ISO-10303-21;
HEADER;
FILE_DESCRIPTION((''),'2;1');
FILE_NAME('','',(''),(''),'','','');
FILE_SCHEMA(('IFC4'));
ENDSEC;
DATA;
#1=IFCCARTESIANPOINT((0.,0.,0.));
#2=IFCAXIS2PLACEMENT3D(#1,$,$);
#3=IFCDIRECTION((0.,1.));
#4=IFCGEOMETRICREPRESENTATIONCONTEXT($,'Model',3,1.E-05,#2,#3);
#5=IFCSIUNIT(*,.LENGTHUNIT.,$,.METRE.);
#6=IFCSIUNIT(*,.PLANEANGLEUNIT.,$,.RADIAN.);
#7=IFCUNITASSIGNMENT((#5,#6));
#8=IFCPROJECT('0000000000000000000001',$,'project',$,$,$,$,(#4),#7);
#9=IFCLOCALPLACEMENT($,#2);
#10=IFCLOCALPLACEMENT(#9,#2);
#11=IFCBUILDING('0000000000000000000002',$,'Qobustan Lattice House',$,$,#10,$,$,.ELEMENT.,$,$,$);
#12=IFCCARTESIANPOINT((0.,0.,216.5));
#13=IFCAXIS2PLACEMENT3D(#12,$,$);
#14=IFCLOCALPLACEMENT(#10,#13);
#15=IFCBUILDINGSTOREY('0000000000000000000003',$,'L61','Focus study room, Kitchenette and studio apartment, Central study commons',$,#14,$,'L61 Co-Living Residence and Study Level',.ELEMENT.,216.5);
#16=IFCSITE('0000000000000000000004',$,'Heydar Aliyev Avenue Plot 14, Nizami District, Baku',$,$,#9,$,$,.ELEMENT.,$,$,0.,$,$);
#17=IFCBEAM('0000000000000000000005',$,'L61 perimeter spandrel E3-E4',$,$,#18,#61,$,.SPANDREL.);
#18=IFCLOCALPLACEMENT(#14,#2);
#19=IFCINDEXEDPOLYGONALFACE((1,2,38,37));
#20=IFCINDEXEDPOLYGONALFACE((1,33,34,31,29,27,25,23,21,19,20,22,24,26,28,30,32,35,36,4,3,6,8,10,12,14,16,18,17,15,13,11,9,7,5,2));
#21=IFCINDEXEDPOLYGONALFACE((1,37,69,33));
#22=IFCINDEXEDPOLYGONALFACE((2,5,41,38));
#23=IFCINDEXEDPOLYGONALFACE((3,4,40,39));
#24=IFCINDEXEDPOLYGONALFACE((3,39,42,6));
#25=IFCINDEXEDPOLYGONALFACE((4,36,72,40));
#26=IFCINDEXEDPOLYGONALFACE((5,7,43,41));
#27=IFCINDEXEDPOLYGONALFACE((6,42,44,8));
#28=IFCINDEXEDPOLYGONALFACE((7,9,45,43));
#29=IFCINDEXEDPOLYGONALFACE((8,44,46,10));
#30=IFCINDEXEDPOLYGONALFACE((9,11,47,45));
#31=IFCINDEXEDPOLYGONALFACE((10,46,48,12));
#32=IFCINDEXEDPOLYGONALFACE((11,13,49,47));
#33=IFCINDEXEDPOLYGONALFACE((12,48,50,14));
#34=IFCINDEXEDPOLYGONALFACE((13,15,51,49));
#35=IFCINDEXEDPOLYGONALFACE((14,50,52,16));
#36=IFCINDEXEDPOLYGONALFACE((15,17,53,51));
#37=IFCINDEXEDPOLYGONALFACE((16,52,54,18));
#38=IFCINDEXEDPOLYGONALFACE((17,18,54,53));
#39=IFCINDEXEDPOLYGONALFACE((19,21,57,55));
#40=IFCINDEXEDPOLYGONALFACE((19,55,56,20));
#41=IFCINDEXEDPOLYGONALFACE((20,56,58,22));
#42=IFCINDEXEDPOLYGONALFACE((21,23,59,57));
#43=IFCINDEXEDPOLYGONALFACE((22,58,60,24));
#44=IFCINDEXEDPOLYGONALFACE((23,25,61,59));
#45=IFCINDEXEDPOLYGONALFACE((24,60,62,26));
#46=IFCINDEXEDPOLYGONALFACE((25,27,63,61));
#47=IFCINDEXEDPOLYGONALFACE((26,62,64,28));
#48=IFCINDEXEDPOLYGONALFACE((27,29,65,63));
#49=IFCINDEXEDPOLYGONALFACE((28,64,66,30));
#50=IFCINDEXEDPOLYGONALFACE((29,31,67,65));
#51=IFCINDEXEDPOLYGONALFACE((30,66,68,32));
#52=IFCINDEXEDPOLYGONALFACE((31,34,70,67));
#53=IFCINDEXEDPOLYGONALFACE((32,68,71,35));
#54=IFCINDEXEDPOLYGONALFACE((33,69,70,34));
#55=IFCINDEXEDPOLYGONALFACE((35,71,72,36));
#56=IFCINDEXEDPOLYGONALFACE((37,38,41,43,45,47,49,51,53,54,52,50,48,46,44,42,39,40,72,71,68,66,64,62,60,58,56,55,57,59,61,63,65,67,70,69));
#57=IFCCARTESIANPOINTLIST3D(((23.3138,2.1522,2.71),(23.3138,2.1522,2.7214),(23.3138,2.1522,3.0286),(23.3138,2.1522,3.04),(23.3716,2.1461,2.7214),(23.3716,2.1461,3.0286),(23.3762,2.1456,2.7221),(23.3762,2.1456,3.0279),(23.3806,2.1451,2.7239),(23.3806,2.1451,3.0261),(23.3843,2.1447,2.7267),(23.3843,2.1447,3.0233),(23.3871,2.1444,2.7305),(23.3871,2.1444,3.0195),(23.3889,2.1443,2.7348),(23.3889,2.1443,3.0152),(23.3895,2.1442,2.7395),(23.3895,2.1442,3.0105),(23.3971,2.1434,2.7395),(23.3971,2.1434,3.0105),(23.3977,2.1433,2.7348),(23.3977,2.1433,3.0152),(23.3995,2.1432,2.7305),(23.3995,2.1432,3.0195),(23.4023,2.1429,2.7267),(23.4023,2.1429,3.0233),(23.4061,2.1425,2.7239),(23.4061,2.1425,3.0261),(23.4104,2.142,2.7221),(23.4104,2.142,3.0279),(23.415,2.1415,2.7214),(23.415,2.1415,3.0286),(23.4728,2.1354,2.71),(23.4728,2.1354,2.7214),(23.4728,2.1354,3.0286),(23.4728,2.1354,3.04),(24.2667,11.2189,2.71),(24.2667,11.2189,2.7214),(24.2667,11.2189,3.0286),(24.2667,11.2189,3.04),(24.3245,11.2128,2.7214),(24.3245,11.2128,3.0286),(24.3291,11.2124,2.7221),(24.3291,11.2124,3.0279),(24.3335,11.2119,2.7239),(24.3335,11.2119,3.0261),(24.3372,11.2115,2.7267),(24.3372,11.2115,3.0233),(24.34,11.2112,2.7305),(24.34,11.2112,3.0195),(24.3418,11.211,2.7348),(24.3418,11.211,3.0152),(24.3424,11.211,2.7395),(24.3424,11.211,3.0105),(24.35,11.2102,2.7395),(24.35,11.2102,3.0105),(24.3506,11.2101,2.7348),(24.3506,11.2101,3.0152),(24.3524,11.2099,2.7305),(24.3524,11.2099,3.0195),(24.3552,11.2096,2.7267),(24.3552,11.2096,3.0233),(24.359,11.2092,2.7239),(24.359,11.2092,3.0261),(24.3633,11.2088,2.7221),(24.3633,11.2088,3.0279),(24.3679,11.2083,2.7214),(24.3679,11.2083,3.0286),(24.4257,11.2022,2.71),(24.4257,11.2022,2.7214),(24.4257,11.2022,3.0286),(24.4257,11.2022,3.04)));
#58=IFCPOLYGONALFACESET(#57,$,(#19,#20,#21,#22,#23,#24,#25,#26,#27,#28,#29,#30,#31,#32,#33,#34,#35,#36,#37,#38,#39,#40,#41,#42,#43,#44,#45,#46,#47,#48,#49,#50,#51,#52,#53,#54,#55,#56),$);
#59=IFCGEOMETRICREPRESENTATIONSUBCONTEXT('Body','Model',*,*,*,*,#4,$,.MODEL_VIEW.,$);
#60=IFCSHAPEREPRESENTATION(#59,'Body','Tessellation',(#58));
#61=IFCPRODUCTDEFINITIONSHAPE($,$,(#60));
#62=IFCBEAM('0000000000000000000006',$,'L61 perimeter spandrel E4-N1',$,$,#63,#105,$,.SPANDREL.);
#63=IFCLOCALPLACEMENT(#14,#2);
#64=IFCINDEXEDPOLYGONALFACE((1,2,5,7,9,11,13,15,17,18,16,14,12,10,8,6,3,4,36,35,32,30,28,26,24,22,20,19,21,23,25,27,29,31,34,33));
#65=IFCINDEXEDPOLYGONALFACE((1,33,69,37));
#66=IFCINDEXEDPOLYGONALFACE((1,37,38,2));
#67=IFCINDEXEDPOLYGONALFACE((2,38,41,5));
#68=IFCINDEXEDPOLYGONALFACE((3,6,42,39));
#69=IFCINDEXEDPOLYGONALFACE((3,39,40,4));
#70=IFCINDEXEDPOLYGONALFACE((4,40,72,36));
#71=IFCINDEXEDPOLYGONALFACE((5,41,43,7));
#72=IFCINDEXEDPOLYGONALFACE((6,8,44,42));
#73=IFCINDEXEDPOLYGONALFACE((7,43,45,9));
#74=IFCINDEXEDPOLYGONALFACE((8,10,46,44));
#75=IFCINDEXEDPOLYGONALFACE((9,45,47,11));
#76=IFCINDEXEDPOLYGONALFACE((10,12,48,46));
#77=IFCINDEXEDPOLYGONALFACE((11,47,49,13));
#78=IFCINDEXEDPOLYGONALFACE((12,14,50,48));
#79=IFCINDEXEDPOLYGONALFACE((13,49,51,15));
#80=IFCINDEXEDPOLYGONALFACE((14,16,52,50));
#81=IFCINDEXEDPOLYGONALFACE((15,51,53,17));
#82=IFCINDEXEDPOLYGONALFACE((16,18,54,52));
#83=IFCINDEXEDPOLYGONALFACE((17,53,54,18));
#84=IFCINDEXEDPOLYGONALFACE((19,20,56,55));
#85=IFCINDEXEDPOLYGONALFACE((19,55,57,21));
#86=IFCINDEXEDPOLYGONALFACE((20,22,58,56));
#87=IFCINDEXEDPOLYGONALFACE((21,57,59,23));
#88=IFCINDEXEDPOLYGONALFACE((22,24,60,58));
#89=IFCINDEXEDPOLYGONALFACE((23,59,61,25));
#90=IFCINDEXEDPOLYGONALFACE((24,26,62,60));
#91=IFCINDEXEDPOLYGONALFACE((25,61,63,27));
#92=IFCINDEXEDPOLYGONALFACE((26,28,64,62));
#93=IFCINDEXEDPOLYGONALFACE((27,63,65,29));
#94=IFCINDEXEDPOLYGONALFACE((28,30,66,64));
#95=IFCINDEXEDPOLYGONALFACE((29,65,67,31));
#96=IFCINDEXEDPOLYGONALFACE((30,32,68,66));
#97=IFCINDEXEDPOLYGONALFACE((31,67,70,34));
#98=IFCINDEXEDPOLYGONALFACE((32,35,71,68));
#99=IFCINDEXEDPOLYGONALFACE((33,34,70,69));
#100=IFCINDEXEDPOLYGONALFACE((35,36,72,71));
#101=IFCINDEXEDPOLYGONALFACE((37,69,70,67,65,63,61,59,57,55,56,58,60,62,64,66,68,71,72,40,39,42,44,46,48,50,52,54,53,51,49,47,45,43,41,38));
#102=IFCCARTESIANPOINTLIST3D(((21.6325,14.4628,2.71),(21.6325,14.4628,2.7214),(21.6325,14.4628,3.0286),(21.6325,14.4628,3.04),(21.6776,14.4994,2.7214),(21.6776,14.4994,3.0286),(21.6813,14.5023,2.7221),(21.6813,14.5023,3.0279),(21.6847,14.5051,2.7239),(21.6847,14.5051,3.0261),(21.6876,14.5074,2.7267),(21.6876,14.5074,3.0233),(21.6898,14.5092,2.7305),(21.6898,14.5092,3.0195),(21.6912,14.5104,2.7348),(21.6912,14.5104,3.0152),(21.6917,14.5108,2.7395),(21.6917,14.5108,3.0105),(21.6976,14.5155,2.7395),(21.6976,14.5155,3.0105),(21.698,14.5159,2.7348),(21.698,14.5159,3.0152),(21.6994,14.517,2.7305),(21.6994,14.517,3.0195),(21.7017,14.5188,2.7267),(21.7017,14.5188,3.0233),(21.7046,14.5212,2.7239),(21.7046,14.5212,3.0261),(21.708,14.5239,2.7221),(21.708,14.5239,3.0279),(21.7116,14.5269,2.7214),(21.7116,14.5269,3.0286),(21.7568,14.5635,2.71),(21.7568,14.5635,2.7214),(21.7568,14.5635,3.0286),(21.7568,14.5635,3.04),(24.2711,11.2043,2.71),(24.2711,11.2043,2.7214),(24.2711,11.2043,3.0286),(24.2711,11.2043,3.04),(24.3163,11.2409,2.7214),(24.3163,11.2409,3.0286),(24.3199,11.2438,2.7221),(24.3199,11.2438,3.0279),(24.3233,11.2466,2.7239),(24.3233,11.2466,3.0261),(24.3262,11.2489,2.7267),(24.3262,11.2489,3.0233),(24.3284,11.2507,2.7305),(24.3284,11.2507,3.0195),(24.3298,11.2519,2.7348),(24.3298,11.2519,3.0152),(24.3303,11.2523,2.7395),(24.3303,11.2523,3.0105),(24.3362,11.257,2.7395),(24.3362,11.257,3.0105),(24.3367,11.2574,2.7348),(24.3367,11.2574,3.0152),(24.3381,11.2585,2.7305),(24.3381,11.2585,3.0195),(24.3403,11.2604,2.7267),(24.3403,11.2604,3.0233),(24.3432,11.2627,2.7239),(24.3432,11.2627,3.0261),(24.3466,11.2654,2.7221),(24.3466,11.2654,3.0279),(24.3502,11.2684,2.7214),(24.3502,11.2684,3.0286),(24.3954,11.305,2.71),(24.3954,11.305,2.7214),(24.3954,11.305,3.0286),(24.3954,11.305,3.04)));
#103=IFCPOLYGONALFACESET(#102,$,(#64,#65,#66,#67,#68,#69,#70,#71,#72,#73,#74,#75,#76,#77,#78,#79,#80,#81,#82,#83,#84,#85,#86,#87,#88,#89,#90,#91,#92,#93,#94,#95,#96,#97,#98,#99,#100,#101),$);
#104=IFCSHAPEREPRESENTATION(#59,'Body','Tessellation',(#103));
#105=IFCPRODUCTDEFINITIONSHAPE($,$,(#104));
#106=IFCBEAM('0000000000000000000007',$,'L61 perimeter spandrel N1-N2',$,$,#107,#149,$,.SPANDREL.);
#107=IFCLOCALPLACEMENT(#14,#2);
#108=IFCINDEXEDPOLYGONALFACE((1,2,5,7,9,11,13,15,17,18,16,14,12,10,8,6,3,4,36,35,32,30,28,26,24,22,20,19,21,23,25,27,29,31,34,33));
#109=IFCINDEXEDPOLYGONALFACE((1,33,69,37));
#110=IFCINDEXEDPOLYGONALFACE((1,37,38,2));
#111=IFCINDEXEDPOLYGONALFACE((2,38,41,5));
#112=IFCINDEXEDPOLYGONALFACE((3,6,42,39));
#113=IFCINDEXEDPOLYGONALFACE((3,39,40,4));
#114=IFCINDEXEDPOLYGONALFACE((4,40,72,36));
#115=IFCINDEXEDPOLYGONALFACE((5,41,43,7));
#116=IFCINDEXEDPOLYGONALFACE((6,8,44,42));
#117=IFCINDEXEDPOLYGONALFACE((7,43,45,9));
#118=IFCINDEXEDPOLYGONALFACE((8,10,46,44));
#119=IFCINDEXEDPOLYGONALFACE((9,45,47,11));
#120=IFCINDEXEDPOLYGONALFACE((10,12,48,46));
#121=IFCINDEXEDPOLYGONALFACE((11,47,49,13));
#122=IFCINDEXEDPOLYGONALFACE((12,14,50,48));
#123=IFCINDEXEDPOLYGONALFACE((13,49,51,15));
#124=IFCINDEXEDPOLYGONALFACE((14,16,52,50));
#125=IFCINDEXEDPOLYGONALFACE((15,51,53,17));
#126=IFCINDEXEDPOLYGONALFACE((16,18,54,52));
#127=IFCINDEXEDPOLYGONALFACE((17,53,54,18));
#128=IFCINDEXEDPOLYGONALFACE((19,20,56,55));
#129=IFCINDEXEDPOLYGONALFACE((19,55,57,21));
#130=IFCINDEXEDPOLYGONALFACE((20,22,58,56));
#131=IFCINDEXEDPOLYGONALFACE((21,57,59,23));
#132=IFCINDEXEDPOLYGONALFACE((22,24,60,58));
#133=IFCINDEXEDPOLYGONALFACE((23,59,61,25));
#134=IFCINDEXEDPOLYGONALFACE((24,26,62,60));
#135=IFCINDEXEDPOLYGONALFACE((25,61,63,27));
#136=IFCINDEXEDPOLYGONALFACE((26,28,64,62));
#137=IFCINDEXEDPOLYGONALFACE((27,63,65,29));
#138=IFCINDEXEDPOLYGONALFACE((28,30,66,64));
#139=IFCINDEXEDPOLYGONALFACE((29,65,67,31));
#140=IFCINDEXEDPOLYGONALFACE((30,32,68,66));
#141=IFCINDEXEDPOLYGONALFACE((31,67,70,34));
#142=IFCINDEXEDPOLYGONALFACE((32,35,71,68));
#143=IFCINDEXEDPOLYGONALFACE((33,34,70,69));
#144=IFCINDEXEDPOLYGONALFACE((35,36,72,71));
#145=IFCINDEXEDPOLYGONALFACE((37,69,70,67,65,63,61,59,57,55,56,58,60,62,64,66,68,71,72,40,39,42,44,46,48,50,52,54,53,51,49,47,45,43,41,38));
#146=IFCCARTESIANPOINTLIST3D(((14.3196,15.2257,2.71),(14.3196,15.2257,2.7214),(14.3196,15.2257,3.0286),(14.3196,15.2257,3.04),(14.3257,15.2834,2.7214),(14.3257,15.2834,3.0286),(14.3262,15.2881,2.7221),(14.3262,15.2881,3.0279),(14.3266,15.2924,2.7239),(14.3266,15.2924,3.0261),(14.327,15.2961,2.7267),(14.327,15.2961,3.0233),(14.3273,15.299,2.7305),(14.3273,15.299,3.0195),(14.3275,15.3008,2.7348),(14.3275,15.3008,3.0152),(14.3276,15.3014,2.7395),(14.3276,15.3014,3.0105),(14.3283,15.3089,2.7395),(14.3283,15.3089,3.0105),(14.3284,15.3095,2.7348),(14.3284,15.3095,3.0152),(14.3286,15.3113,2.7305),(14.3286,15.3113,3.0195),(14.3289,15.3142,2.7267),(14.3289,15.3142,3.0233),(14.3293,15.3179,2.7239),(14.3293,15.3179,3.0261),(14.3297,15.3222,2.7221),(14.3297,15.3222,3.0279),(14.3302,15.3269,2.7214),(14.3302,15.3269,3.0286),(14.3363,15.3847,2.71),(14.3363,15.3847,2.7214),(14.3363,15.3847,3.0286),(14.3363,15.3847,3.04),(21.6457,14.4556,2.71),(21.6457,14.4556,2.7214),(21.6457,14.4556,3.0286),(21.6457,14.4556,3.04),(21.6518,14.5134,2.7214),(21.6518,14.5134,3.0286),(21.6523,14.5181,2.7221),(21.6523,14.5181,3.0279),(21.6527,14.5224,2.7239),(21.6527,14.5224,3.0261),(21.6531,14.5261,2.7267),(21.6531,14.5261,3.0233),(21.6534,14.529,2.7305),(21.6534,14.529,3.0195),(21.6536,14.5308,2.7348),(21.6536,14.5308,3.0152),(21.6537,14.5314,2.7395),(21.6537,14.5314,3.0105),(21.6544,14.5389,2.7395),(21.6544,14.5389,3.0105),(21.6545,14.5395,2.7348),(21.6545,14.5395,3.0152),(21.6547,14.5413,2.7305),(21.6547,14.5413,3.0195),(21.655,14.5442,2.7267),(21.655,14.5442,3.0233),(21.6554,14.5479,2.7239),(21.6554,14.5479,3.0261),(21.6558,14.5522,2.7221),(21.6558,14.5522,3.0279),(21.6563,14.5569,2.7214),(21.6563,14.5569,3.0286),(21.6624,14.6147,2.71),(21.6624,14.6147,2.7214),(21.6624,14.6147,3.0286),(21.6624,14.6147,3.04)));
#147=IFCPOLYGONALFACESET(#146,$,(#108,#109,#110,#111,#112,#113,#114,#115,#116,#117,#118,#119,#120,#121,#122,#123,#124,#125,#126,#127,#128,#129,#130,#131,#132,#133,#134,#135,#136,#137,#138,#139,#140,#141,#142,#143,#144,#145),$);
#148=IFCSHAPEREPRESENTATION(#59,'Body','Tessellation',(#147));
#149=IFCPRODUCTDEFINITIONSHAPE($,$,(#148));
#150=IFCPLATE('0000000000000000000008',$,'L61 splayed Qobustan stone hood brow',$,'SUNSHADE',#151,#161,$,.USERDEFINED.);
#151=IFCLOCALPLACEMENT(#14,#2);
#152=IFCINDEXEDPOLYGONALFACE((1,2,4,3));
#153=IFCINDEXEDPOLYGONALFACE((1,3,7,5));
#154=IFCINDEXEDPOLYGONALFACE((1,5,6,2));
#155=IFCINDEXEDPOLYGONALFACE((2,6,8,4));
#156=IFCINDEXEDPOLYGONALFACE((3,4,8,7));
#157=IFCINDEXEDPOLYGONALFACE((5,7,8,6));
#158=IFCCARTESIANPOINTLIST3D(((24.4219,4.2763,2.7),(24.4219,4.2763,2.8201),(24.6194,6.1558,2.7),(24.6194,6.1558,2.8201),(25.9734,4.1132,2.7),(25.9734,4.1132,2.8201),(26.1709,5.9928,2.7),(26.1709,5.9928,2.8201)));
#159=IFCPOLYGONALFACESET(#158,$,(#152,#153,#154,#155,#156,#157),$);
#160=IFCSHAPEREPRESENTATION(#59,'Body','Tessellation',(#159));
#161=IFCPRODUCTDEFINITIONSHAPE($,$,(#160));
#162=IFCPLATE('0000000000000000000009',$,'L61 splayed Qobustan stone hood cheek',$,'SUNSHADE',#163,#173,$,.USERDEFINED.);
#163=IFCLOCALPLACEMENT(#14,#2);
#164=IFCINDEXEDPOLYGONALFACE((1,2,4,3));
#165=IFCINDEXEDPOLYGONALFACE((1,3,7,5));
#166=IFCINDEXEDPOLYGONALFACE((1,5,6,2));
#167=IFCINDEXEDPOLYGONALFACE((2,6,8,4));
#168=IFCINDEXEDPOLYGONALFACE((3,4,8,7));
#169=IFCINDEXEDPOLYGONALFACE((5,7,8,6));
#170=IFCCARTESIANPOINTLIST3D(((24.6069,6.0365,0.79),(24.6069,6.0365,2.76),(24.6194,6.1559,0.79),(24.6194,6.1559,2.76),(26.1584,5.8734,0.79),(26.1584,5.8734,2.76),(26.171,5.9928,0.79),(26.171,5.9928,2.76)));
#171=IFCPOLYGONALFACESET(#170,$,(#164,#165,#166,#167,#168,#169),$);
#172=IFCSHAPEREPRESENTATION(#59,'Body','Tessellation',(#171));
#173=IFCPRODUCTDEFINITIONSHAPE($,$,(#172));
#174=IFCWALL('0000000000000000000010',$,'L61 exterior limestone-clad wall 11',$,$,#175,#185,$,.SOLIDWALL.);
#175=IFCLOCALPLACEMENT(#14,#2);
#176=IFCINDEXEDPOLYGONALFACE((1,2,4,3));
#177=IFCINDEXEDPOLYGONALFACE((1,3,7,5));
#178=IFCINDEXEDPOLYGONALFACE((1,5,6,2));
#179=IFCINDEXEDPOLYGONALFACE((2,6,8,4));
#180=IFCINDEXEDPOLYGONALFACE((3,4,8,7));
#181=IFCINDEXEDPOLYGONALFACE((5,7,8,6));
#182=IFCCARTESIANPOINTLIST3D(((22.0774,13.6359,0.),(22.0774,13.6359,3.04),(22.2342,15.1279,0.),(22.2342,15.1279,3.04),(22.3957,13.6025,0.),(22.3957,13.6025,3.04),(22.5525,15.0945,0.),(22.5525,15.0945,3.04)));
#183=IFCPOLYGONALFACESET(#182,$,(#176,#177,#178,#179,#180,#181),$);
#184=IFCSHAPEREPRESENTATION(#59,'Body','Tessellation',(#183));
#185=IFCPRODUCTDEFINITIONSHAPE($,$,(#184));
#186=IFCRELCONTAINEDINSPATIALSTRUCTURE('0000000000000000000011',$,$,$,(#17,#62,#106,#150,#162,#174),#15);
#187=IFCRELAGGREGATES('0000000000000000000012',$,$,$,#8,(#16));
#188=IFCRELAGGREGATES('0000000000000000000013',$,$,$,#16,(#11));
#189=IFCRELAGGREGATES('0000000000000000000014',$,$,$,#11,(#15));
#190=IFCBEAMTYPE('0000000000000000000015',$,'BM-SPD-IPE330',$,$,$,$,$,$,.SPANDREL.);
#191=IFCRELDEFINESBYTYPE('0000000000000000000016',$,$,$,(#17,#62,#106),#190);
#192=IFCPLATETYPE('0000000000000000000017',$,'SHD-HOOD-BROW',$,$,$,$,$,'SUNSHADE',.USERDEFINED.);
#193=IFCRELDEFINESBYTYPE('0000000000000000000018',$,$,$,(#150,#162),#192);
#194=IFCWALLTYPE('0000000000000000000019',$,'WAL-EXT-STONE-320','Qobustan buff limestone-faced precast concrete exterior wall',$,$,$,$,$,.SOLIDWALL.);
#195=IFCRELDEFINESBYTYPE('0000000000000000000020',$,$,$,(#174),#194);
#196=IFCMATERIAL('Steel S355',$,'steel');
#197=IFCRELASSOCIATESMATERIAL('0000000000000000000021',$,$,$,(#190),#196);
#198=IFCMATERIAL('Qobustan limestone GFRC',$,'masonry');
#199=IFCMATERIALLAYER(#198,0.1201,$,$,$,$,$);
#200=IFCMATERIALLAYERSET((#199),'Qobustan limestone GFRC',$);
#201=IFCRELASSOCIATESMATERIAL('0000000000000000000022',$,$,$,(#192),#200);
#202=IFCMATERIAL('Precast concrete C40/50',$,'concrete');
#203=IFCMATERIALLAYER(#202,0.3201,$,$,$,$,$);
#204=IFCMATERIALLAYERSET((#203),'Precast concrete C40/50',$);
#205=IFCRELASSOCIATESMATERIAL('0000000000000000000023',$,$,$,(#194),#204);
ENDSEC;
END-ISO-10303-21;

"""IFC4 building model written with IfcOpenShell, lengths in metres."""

from ifc_helpers import new_model, si_unit, direction, frame, frame_2d, origin, origin_2d, place, context, subcontext, project, spatial, rectangle, i_section, extrude, material, layer, layer_set, material_profile, profile_set, type_object, element, save


model = new_model("IFC4")

# Units and contexts
model_context = context("Model", 3, precision=1e-05, world=origin(), true_north=direction((0.0, 1.0)))
body_context = subcontext(model_context, "Body", "Model", "MODEL_VIEW")
ifc_project = project(units=[si_unit("LENGTHUNIT", "METRE"), si_unit("PLANEANGLEUNIT", "RADIAN")], contexts=[model_context])

# Site, building, storey
site_placement = place(None, origin())
site = spatial("IfcSite", under=ifc_project, at=site_placement, Name="Heydar Aliyev Avenue Plot 14, Nizami District, Baku", CompositionType="ELEMENT", RefElevation=0.0)
building_placement = place(site_placement, origin())
building = spatial("IfcBuilding", under=site, at=building_placement, Name="Qobustan Lattice House", CompositionType="ELEMENT")
storey_placement = place(building_placement, frame((0.0, 0.0, 216.5)))
storey = spatial("IfcBuildingStorey", under=building, at=storey_placement, Name="L61", Description="Focus study room, Kitchenette and studio apartment, Central study commons", LongName="L61 Co-Living Residence and Study Level", CompositionType="ELEMENT", Elevation=216.5)

# Beams
ifc_material_1 = material(Name="Steel S355", Category="steel")
ifc_material_profile_1 = material_profile(ifc_material_1, i_section(OverallWidth=0.1599, OverallDepth=0.3301, WebThickness=0.0076, FlangeThickness=0.0115, FilletRadius=0.0181, at=origin_2d()), Name="IPE330")
ifc_profile_set_1 = profile_set([ifc_material_profile_1], Name="Steel S355")
beam_type_1 = type_object("IfcBeamType", Name="BM-SPD-IPE330", PredefinedType="SPANDREL", material=ifc_profile_set_1)
beam_1_placement = place(storey_placement, frame((23.3933, 2.1438, 2.875), z_axis=(0.104522, 0.994523, 0.0), x_axis=(-0.994523, 0.104522, 0.0)))
element("IfcBeam", 1, at=beam_1_placement, inside=storey, type_object=beam_type_1, Name="L61 perimeter spandrel E3-E4", PredefinedType="SPANDREL", context=body_context, shape_type="SweptSolid", body=[
    extrude(i_section(OverallWidth=0.1599, OverallDepth=0.3301, WebThickness=0.0076, FlangeThickness=0.0115, FilletRadius=0.0181, at=origin_2d()), origin(), (0.0, 0.0, 1.0), 9.1167),
])
beam_2_placement = place(storey_placement, frame((24.3333, 11.2546, 2.875), z_axis=(-0.629314, 0.777151, 0.0), x_axis=(-0.777151, -0.629314, 0.0)))
element("IfcBeam", 2, at=beam_2_placement, inside=storey, type_object=beam_type_1, Name="L61 perimeter spandrel E4-N1", PredefinedType="SPANDREL", context=body_context, shape_type="SweptSolid", body=[
    extrude(i_section(OverallWidth=0.1599, OverallDepth=0.3301, WebThickness=0.0076, FlangeThickness=0.0115, FilletRadius=0.0181, at=origin_2d()), origin(), (0.0, 0.0, 1.0), 4.1929),
])
beam_3_placement = place(storey_placement, frame((21.6541, 14.5352, 2.875), z_axis=(-0.994522, 0.10453, 0.0), x_axis=(-0.10453, -0.994522, 0.0)))
element("IfcBeam", 3, at=beam_3_placement, inside=storey, type_object=beam_type_1, Name="L61 perimeter spandrel N1-N2", PredefinedType="SPANDREL", context=body_context, shape_type="SweptSolid", body=[
    extrude(i_section(OverallWidth=0.1599, OverallDepth=0.3301, WebThickness=0.0076, FlangeThickness=0.0115, FilletRadius=0.0181, at=origin_2d()), origin(), (0.0, 0.0, 1.0), 7.3665),
])

# Plates
ifc_material_2 = material(Name="Qobustan limestone GFRC", Category="masonry")
ifc_layer_1 = layer(ifc_material_2, 0.1201)
ifc_layer_set_1 = layer_set([ifc_layer_1], Name="Qobustan limestone GFRC")
plate_type = type_object("IfcPlateType", Name="SHD-HOOD-BROW", ElementType="SUNSHADE", PredefinedType="USERDEFINED", material=ifc_layer_set_1)
plate_1_placement = place(storey_placement, frame((25.2964, 5.1345, 2.7), z_axis=(0.0, 0.0, 1.0), x_axis=(-0.104528, -0.994522, 0.0)))
element("IfcPlate", 4, at=plate_1_placement, inside=storey, type_object=plate_type, Name="L61 splayed Qobustan stone hood brow", ObjectType="SUNSHADE", PredefinedType="USERDEFINED", context=body_context, shape_type="SweptSolid", body=[
    extrude(rectangle(XDim=1.8899, YDim=1.5601, at=origin_2d()), origin(), (0.0, 0.0, 1.0), 0.1201),
])
plate_2_placement = place(storey_placement, frame((25.3889, 6.0146, 0.79), z_axis=(0.0, 0.0, 1.0), x_axis=(-0.104528, -0.994522, 0.0)))
element("IfcPlate", 5, at=plate_2_placement, inside=storey, type_object=plate_type, Name="L61 splayed Qobustan stone hood cheek", ObjectType="SUNSHADE", PredefinedType="USERDEFINED", context=body_context, shape_type="SweptSolid", body=[
    extrude(rectangle(XDim=0.1201, YDim=1.5601, at=origin_2d()), origin(), (0.0, 0.0, 1.0), 1.97),
])

# Wall
ifc_material_3 = material(Name="Precast concrete C40/50", Category="concrete")
ifc_layer_2 = layer(ifc_material_3, 0.3201)
ifc_layer_set_2 = layer_set([ifc_layer_2], Name="Precast concrete C40/50")
wall_type_1 = type_object("IfcWallType", Name="WAL-EXT-STONE-320", Description="Qobustan buff limestone-faced precast concrete exterior wall", PredefinedType="SOLIDWALL", material=ifc_layer_set_2)
wall_1_placement = place(storey_placement, frame((22.3933, 15.1111, 0.0), z_axis=(0.0, 0.0, 1.0), x_axis=(-0.104481, -0.994527, 0.0)))
element("IfcWall", 6, at=wall_1_placement, inside=storey, type_object=wall_type_1, Name="L61 exterior limestone-clad wall 11", PredefinedType="SOLIDWALL", context=body_context, shape_type="SweptSolid", body=[
    extrude(rectangle(XDim=1.5002, YDim=0.3201, at=frame_2d((0.75, 0.0))), origin(), (0.0, 0.0, 1.0), 3.04),
])

save(model, "model.ifc")
